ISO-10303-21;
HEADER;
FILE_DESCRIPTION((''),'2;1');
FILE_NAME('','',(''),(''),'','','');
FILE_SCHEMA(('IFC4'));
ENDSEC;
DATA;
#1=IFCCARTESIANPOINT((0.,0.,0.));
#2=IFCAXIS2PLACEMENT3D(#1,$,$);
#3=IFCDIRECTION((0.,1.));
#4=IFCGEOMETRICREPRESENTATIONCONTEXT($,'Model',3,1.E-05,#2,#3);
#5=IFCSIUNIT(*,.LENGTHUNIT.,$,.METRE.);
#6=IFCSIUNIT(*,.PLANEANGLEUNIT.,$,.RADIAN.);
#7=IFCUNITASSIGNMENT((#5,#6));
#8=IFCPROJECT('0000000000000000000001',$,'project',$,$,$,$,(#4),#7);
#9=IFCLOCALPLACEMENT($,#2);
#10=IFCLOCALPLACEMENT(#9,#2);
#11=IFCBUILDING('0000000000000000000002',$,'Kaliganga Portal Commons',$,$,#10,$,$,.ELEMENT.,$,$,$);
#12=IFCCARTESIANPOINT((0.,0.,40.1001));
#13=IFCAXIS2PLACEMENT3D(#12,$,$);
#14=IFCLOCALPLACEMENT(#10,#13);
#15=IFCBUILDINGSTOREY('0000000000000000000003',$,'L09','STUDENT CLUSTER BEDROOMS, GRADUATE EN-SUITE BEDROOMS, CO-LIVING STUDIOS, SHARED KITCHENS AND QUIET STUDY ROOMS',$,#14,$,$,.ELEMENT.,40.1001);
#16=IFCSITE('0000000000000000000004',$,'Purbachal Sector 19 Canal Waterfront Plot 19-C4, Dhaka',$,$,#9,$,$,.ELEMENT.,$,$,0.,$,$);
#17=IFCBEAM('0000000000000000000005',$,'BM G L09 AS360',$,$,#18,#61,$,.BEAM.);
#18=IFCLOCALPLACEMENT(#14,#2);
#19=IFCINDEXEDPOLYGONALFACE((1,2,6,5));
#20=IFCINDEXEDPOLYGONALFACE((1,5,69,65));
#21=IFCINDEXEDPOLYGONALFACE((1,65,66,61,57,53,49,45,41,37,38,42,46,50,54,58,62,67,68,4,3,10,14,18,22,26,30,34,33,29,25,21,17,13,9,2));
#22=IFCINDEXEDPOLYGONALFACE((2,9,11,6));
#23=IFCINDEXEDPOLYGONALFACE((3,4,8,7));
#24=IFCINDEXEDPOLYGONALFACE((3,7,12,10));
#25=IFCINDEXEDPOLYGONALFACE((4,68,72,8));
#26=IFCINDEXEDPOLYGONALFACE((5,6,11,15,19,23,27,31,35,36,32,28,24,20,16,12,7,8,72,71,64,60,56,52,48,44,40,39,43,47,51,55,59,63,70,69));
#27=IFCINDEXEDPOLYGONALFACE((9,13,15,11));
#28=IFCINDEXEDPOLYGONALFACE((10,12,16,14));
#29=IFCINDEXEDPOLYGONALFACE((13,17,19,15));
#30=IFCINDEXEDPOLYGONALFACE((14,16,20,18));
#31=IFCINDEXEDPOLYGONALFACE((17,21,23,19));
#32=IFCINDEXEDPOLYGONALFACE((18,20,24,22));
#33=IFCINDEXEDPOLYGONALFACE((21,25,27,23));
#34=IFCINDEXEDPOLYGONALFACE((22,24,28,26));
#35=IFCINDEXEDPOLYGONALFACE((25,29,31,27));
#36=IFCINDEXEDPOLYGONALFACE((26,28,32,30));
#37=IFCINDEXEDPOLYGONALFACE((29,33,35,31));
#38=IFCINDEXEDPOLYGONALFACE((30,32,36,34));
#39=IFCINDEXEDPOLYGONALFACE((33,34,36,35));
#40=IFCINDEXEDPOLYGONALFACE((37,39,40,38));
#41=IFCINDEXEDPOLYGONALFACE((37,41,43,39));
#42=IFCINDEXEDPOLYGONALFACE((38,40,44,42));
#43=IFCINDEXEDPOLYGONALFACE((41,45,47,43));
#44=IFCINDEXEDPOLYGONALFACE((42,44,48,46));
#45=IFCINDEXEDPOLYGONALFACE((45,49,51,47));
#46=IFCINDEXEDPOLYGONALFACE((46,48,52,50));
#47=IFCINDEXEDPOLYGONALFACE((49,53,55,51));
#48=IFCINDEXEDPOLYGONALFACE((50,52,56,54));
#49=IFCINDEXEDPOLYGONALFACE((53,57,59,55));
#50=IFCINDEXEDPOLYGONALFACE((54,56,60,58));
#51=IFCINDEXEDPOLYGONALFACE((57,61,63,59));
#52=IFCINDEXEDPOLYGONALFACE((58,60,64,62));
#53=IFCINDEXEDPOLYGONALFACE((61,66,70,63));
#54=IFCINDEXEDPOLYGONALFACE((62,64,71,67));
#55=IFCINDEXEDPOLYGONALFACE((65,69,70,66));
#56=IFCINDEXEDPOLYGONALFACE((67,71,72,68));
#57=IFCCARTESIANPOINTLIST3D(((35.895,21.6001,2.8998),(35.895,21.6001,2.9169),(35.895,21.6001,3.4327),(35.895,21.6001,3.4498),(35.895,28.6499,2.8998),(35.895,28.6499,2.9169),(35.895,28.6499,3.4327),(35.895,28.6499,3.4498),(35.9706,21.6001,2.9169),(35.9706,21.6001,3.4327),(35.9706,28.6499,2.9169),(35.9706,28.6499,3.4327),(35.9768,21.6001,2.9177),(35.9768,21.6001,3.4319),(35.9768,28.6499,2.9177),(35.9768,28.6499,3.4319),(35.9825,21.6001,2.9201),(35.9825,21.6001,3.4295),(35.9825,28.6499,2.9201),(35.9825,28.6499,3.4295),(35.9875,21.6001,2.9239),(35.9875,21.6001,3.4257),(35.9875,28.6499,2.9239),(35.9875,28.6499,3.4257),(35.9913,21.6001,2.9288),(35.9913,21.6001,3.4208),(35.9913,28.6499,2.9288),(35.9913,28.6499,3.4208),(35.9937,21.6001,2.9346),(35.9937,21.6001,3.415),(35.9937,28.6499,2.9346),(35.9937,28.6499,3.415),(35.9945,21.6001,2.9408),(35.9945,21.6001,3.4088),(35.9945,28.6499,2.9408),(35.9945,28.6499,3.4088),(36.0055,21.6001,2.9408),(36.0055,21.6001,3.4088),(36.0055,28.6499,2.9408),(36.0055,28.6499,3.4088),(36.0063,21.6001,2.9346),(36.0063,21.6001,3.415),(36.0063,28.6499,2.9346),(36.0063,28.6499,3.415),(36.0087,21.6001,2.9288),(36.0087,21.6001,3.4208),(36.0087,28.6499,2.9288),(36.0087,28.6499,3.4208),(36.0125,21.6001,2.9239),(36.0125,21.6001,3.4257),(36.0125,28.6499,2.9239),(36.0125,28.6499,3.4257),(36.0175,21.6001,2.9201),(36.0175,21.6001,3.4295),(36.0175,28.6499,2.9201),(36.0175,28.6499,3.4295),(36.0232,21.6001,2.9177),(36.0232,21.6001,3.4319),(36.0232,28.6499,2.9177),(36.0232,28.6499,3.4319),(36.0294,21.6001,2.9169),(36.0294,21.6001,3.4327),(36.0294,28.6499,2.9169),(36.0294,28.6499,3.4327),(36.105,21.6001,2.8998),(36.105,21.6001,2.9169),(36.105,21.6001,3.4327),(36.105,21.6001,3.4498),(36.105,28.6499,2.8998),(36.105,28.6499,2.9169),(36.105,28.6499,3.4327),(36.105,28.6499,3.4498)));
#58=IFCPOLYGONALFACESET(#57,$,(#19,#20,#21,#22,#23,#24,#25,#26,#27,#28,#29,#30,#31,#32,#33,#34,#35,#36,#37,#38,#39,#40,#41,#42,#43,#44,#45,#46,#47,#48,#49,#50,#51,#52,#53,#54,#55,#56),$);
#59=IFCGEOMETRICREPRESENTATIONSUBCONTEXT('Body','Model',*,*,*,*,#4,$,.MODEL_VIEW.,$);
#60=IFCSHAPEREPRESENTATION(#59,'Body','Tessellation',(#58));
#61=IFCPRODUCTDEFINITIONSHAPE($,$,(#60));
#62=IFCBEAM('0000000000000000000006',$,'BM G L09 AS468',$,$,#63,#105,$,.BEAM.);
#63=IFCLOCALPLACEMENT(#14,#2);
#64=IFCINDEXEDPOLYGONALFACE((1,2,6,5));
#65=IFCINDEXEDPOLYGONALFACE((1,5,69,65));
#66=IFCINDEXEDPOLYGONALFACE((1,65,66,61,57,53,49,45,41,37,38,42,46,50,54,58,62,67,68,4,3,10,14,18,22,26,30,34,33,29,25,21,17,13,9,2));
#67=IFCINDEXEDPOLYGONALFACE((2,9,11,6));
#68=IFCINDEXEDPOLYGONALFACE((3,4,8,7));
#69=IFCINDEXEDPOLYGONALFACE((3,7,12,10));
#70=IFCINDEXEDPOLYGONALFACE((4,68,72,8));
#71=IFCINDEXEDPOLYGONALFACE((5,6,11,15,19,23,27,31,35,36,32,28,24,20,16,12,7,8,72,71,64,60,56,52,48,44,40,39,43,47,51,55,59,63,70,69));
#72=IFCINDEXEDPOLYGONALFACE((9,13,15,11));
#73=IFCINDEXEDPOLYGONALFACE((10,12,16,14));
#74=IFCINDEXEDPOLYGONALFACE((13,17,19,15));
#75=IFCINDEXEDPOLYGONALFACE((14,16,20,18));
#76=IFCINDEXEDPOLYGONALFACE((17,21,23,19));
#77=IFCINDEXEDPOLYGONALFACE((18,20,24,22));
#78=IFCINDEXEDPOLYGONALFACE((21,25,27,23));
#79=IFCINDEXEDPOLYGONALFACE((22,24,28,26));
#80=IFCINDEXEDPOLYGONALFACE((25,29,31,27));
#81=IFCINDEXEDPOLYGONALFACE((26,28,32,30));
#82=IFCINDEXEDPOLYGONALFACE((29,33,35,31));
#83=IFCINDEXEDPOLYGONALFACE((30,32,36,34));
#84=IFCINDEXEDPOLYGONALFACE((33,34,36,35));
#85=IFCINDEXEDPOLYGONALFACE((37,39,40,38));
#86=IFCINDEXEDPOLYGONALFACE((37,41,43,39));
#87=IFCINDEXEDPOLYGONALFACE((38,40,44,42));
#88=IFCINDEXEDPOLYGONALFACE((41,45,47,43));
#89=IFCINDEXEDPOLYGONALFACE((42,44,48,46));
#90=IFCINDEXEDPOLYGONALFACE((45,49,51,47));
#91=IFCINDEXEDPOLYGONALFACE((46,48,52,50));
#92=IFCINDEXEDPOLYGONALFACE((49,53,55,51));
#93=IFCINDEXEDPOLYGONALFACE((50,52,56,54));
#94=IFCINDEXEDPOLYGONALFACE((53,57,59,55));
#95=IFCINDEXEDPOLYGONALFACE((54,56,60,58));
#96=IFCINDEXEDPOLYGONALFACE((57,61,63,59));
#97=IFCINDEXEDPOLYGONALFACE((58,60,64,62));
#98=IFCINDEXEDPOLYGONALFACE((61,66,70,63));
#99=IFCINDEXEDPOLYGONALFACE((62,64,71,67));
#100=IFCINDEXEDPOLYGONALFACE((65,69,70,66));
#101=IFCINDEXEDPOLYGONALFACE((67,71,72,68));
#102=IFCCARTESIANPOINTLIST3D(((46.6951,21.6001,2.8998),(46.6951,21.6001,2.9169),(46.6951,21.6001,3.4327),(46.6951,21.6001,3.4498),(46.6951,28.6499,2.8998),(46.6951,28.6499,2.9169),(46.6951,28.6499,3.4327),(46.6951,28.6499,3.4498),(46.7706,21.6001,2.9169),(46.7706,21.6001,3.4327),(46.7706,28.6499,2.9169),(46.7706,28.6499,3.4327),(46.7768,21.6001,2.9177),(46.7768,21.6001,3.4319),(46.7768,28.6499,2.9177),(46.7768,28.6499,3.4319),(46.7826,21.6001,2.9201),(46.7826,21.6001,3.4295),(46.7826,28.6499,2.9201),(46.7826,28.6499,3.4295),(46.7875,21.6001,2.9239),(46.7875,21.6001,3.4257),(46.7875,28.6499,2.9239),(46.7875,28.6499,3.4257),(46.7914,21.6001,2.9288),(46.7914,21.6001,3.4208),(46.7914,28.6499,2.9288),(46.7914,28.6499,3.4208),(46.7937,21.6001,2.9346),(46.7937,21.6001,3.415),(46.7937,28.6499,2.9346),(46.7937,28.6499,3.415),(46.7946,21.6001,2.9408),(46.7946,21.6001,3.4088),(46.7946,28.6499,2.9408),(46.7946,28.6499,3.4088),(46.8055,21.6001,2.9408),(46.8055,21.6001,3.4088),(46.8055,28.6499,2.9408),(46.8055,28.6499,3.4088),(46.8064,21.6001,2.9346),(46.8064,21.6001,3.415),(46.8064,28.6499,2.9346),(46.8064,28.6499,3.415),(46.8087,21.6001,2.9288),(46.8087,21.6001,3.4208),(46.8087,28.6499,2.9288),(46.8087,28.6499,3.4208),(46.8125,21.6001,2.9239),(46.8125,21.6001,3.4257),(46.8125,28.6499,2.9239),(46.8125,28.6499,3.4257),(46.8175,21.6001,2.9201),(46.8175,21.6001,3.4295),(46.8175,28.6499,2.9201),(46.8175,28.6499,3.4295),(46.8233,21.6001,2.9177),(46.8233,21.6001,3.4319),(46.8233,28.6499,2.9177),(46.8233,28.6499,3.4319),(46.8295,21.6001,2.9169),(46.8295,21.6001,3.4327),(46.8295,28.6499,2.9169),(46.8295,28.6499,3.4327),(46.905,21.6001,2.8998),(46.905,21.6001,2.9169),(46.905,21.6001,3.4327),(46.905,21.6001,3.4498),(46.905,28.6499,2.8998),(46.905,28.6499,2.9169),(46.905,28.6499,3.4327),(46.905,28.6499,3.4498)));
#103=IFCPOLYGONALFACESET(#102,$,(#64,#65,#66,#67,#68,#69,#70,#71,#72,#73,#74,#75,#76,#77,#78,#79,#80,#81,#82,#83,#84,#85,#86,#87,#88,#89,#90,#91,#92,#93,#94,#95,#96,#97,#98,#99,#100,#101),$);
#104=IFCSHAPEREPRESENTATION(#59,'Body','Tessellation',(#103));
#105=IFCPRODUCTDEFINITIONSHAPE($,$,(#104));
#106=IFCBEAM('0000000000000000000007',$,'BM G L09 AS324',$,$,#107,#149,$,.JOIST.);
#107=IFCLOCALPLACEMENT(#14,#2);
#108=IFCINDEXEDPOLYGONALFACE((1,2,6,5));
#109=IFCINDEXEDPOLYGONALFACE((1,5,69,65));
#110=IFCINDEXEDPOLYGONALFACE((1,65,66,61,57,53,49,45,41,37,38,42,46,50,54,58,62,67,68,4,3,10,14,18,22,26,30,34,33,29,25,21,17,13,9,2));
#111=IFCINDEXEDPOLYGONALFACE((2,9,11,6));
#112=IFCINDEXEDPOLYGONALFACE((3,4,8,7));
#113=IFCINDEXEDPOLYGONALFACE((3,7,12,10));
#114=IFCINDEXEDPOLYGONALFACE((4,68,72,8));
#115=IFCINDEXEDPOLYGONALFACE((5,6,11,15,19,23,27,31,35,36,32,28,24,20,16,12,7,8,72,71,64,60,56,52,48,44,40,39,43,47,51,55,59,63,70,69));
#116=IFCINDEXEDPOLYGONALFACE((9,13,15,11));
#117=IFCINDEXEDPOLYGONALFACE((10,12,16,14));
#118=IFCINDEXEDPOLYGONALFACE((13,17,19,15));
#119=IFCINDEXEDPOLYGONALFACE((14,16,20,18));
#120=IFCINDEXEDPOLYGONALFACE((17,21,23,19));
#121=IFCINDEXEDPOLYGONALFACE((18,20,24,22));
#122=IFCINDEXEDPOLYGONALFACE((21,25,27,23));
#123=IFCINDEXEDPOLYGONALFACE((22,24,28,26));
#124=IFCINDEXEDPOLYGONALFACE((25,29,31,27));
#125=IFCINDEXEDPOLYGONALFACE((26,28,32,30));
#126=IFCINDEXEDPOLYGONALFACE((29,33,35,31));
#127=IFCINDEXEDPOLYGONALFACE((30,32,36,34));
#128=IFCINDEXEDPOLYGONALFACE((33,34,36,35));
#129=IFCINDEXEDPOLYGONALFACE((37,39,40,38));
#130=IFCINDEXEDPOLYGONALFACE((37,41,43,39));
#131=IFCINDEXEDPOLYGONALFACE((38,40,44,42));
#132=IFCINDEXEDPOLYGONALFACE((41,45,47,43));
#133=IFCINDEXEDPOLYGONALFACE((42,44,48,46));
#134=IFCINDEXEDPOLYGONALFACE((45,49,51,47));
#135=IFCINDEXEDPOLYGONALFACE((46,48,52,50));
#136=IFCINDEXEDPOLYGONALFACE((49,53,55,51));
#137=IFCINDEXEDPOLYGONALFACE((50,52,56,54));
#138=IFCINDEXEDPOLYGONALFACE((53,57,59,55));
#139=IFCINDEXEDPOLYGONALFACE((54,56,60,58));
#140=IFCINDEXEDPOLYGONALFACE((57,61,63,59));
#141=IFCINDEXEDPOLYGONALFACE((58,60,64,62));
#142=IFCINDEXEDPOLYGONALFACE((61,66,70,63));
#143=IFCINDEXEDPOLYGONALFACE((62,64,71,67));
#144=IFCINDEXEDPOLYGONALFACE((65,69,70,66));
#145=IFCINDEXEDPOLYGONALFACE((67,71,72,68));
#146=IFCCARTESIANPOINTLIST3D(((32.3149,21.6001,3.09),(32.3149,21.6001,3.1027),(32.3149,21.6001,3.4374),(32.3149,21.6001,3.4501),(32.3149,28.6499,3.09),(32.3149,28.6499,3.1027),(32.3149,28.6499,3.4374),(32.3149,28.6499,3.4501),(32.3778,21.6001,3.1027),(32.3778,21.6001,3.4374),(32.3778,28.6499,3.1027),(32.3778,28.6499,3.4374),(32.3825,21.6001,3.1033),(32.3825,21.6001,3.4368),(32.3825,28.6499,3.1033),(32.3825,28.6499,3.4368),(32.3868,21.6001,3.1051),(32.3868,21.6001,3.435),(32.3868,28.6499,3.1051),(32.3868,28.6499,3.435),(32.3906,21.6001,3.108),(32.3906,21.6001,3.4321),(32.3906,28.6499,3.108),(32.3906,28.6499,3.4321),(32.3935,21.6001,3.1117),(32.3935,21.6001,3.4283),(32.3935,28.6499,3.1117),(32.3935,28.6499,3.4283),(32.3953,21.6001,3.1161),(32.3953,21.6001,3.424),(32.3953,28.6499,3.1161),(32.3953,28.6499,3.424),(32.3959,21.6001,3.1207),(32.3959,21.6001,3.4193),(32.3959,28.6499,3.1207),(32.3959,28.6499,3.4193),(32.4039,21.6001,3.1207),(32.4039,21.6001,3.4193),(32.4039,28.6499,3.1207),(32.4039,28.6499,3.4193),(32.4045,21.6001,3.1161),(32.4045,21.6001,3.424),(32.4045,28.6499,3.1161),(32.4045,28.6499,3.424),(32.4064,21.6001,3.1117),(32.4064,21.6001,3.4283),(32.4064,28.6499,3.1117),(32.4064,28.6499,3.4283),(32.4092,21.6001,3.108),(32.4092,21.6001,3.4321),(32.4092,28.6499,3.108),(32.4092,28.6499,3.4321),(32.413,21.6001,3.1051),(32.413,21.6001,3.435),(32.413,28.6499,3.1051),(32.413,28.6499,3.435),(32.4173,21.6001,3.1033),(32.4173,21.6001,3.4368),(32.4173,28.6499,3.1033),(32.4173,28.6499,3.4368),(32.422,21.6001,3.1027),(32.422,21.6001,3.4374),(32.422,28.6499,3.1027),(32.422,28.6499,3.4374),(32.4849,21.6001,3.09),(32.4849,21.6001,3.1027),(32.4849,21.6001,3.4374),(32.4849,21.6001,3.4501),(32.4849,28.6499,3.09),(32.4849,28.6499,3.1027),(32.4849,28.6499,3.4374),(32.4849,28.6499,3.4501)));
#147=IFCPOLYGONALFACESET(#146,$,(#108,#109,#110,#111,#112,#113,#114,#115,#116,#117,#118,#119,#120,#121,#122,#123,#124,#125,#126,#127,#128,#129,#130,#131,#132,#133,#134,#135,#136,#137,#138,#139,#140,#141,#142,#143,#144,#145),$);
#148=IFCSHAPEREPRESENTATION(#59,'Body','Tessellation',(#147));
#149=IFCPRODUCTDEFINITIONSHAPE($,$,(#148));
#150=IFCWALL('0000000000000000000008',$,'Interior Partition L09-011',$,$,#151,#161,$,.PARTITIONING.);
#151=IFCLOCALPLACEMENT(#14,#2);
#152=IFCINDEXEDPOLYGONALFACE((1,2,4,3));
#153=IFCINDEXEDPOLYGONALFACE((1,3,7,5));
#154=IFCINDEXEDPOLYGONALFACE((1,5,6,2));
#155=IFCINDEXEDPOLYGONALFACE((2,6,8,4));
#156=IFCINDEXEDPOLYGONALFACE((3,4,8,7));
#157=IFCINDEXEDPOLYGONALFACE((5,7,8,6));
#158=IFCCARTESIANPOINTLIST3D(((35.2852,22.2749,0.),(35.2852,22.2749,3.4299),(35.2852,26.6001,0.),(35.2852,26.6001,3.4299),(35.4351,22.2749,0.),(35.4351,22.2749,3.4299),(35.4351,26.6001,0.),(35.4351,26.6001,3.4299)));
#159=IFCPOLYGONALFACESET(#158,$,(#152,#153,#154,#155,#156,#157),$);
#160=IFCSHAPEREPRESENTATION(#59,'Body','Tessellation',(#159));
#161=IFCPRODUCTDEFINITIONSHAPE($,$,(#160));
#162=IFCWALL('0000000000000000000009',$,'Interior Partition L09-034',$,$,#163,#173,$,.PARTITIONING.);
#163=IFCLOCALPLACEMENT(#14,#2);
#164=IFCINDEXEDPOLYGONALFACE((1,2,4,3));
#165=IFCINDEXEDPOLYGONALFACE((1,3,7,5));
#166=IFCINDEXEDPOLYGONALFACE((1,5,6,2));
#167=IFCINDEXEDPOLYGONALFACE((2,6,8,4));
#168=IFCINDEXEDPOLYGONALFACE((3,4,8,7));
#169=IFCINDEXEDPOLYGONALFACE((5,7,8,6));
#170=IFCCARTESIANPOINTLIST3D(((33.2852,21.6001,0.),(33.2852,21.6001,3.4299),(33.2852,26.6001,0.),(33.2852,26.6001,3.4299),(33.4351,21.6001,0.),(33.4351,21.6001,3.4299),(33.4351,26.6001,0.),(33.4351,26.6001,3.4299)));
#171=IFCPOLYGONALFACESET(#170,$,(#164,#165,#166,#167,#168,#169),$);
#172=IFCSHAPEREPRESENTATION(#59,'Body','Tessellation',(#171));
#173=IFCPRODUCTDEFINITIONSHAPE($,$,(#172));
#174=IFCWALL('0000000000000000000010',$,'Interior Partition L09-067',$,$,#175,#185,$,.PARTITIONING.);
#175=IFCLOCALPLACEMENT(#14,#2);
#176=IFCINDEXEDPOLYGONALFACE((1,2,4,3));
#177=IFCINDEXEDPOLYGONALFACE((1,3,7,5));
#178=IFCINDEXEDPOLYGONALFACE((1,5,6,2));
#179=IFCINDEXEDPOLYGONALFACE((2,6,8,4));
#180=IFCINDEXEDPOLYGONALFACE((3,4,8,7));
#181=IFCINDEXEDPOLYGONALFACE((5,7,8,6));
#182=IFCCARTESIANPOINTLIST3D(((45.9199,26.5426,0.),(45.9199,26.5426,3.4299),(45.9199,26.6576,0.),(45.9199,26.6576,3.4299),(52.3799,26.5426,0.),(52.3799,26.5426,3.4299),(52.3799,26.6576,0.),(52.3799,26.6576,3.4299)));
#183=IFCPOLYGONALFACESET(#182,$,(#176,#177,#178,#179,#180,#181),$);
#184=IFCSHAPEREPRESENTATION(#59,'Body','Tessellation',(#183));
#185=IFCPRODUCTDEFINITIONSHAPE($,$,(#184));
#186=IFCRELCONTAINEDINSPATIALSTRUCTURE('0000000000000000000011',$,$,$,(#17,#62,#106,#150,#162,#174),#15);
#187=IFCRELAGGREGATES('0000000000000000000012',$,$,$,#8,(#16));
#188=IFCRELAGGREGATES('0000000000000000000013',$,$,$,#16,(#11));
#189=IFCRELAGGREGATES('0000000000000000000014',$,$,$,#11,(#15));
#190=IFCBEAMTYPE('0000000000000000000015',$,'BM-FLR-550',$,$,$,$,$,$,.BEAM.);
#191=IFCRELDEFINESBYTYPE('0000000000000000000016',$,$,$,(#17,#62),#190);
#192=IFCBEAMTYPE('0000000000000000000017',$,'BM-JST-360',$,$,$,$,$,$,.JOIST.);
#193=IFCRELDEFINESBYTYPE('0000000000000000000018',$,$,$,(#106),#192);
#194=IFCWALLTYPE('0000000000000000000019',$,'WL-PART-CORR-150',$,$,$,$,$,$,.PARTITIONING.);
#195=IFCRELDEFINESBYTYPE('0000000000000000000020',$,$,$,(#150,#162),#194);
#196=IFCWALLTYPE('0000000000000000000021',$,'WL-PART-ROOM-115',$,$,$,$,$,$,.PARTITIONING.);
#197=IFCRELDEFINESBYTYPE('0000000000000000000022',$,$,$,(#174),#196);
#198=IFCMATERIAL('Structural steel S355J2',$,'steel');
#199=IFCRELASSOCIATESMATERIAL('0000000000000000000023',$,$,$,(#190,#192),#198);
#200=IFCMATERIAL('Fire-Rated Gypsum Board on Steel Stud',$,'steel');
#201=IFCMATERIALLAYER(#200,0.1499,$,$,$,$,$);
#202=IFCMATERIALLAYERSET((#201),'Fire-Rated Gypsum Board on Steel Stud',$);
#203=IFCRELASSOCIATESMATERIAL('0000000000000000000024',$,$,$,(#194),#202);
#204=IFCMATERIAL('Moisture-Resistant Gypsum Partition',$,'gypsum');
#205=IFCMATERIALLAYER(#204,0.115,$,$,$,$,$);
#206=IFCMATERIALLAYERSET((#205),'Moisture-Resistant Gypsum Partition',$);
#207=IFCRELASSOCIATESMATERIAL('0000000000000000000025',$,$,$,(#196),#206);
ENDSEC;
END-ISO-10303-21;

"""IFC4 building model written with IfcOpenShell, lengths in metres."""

from ifc_helpers import new_model, si_unit, direction, frame, frame_2d, origin, origin_2d, place, context, subcontext, project, spatial, rectangle, i_section, extrude, source, transform, mapped, material, layer, layer_set, material_profile, profile_set, type_object, element, save


model = new_model("IFC4")

# Units and contexts
model_context = context("Model", 3, precision=1e-05, world=origin(), true_north=direction((0.0, 1.0)))
body_context = subcontext(model_context, "Body", "Model", "MODEL_VIEW")
ifc_project = project(units=[si_unit("LENGTHUNIT", "METRE"), si_unit("PLANEANGLEUNIT", "RADIAN")], contexts=[model_context])

# Site, building, storey
site_placement = place(None, origin())
site = spatial("IfcSite", under=ifc_project, at=site_placement, Name="Purbachal Sector 19 Canal Waterfront Plot 19-C4, Dhaka", CompositionType="ELEMENT", RefElevation=0.0)
building_placement = place(site_placement, origin())
building = spatial("IfcBuilding", under=site, at=building_placement, Name="Kaliganga Portal Commons", CompositionType="ELEMENT")
storey_placement = place(building_placement, frame((0.0, 0.0, 40.1001)))
storey = spatial("IfcBuildingStorey", under=building, at=storey_placement, Name="L09", Description="STUDENT CLUSTER BEDROOMS, GRADUATE EN-SUITE BEDROOMS, CO-LIVING STUDIOS, SHARED KITCHENS AND QUIET STUDY ROOMS", CompositionType="ELEMENT", Elevation=40.1001)

# Beams
ifc_material_1 = material(Name="Structural steel S355J2", Category="steel")
ifc_material_profile_1 = material_profile(ifc_material_1, i_section(OverallWidth=0.21, OverallDepth=0.55, WebThickness=0.011, FlangeThickness=0.0171, FilletRadius=0.0239, at=origin_2d()), Name="IPE 550")
ifc_profile_set_1 = profile_set([ifc_material_profile_1], Name="Structural steel S355J2 wide-flange")
beam_type_1 = type_object("IfcBeamType", Name="BM-FLR-550", PredefinedType="BEAM", material=ifc_profile_set_1)
shared_shape_1 = source(origin(), body_context, "Body", "SweptSolid", [
    extrude(i_section(OverallWidth=0.21, OverallDepth=0.55, WebThickness=0.011, FlangeThickness=0.0171, FilletRadius=0.0239, at=origin_2d()), origin(), (0.0, 0.0, 1.0), 7.0498),
])
for number, where, z_axis, x_axis, name in (
    (1, (36.0, 21.6001, 3.1748), (0.0, 1.0, 0.0), (-1.0, 0.0, 0.0), "BM G L09 AS360"),
    (2, (46.8, 21.6001, 3.1748), (0.0, 1.0, 0.0), (-1.0, 0.0, 0.0), "BM G L09 AS468"),
):
    element("IfcBeam", number, at=place(storey_placement, frame(where, z_axis=z_axis, x_axis=x_axis)), inside=storey, type_object=beam_type_1, Name=name, PredefinedType="BEAM", context=body_context, shape_type="MappedRepresentation", body=[
        mapped(shared_shape_1, transform((0.0, 0.0, 0.0), x_axis=(1.0, 0.0, 0.0), y_axis=(0.0, 1.0, 0.0), z_axis=(0.0, 0.0, 1.0), scale=1.0)),
    ])
ifc_material_profile_2 = material_profile(ifc_material_1, i_section(OverallWidth=0.1699, OverallDepth=0.3601, WebThickness=0.0081, FlangeThickness=0.0127, FilletRadius=0.0181, at=origin_2d()), Name="IPE 360")
ifc_profile_set_2 = profile_set([ifc_material_profile_2], Name="Structural steel S355J2 wide-flange")
beam_type_2 = type_object("IfcBeamType", Name="BM-JST-360", PredefinedType="JOIST", material=ifc_profile_set_2)
shared_shape_2 = source(origin(), body_context, "Body", "SweptSolid", [
    extrude(i_section(OverallWidth=0.1699, OverallDepth=0.3601, WebThickness=0.0081, FlangeThickness=0.0127, FilletRadius=0.0181, at=origin_2d()), origin(), (0.0, 0.0, 1.0), 7.0498),
])
beam_1_placement = place(storey_placement, frame((32.3999, 21.6001, 3.27), z_axis=(0.0, 1.0, 0.0), x_axis=(-1.0, 0.0, 0.0)))
element("IfcBeam", 3, at=beam_1_placement, inside=storey, type_object=beam_type_2, Name="BM G L09 AS324", PredefinedType="JOIST", context=body_context, shape_type="MappedRepresentation", body=[
    mapped(shared_shape_2, transform((0.0, 0.0, 0.0), x_axis=(1.0, 0.0, 0.0), y_axis=(0.0, 1.0, 0.0), z_axis=(0.0, 0.0, 1.0), scale=1.0)),
])

# Walls
ifc_material_2 = material(Name="Fire-Rated Gypsum Board on Steel Stud", Category="steel")
ifc_layer_1 = layer(ifc_material_2, 0.1499)
ifc_layer_set_1 = layer_set([ifc_layer_1], Name="Fire-Rated Gypsum Board on Steel Stud")
wall_type_1 = type_object("IfcWallType", Name="WL-PART-CORR-150", PredefinedType="PARTITIONING", material=ifc_layer_set_1)
wall_1_placement = place(storey_placement, frame((35.3601, 22.2749, 0.0), z_axis=(0.0, 0.0, 1.0), x_axis=(0.0, 1.0, 0.0)))
element("IfcWall", 4, at=wall_1_placement, inside=storey, type_object=wall_type_1, Name="Interior Partition L09-011", PredefinedType="PARTITIONING", context=body_context, shape_type="SweptSolid", body=[
    extrude(rectangle(XDim=4.3252, YDim=0.1499, at=frame_2d((2.1626, 0.0))), origin(), (0.0, 0.0, 1.0), 3.4299),
])
wall_2_placement = place(storey_placement, frame((33.3601, 21.6001, 0.0), z_axis=(0.0, 0.0, 1.0), x_axis=(0.0, 1.0, 0.0)))
element("IfcWall", 5, at=wall_2_placement, inside=storey, type_object=wall_type_1, Name="Interior Partition L09-034", PredefinedType="PARTITIONING", context=body_context, shape_type="SweptSolid", body=[
    extrude(rectangle(XDim=5.0, YDim=0.1499, at=frame_2d((2.5, 0.0))), origin(), (0.0, 0.0, 1.0), 3.4299),
])

# Wall
ifc_material_3 = material(Name="Moisture-Resistant Gypsum Partition", Category="gypsum")
ifc_layer_2 = layer(ifc_material_3, 0.115)
ifc_layer_set_2 = layer_set([ifc_layer_2], Name="Moisture-Resistant Gypsum Partition")
wall_type_2 = type_object("IfcWallType", Name="WL-PART-ROOM-115", PredefinedType="PARTITIONING", material=ifc_layer_set_2)
wall_3_placement = place(storey_placement, frame((45.9199, 26.6001, 0.0), z_axis=(0.0, 0.0, 1.0), x_axis=(1.0, 0.0, 0.0)))
element("IfcWall", 6, at=wall_3_placement, inside=storey, type_object=wall_type_2, Name="Interior Partition L09-067", PredefinedType="PARTITIONING", context=body_context, shape_type="SweptSolid", body=[
    extrude(rectangle(XDim=6.46, YDim=0.115, at=frame_2d((3.23, 0.0))), origin(), (0.0, 0.0, 1.0), 3.4299),
])

save(model, "model.ifc")
